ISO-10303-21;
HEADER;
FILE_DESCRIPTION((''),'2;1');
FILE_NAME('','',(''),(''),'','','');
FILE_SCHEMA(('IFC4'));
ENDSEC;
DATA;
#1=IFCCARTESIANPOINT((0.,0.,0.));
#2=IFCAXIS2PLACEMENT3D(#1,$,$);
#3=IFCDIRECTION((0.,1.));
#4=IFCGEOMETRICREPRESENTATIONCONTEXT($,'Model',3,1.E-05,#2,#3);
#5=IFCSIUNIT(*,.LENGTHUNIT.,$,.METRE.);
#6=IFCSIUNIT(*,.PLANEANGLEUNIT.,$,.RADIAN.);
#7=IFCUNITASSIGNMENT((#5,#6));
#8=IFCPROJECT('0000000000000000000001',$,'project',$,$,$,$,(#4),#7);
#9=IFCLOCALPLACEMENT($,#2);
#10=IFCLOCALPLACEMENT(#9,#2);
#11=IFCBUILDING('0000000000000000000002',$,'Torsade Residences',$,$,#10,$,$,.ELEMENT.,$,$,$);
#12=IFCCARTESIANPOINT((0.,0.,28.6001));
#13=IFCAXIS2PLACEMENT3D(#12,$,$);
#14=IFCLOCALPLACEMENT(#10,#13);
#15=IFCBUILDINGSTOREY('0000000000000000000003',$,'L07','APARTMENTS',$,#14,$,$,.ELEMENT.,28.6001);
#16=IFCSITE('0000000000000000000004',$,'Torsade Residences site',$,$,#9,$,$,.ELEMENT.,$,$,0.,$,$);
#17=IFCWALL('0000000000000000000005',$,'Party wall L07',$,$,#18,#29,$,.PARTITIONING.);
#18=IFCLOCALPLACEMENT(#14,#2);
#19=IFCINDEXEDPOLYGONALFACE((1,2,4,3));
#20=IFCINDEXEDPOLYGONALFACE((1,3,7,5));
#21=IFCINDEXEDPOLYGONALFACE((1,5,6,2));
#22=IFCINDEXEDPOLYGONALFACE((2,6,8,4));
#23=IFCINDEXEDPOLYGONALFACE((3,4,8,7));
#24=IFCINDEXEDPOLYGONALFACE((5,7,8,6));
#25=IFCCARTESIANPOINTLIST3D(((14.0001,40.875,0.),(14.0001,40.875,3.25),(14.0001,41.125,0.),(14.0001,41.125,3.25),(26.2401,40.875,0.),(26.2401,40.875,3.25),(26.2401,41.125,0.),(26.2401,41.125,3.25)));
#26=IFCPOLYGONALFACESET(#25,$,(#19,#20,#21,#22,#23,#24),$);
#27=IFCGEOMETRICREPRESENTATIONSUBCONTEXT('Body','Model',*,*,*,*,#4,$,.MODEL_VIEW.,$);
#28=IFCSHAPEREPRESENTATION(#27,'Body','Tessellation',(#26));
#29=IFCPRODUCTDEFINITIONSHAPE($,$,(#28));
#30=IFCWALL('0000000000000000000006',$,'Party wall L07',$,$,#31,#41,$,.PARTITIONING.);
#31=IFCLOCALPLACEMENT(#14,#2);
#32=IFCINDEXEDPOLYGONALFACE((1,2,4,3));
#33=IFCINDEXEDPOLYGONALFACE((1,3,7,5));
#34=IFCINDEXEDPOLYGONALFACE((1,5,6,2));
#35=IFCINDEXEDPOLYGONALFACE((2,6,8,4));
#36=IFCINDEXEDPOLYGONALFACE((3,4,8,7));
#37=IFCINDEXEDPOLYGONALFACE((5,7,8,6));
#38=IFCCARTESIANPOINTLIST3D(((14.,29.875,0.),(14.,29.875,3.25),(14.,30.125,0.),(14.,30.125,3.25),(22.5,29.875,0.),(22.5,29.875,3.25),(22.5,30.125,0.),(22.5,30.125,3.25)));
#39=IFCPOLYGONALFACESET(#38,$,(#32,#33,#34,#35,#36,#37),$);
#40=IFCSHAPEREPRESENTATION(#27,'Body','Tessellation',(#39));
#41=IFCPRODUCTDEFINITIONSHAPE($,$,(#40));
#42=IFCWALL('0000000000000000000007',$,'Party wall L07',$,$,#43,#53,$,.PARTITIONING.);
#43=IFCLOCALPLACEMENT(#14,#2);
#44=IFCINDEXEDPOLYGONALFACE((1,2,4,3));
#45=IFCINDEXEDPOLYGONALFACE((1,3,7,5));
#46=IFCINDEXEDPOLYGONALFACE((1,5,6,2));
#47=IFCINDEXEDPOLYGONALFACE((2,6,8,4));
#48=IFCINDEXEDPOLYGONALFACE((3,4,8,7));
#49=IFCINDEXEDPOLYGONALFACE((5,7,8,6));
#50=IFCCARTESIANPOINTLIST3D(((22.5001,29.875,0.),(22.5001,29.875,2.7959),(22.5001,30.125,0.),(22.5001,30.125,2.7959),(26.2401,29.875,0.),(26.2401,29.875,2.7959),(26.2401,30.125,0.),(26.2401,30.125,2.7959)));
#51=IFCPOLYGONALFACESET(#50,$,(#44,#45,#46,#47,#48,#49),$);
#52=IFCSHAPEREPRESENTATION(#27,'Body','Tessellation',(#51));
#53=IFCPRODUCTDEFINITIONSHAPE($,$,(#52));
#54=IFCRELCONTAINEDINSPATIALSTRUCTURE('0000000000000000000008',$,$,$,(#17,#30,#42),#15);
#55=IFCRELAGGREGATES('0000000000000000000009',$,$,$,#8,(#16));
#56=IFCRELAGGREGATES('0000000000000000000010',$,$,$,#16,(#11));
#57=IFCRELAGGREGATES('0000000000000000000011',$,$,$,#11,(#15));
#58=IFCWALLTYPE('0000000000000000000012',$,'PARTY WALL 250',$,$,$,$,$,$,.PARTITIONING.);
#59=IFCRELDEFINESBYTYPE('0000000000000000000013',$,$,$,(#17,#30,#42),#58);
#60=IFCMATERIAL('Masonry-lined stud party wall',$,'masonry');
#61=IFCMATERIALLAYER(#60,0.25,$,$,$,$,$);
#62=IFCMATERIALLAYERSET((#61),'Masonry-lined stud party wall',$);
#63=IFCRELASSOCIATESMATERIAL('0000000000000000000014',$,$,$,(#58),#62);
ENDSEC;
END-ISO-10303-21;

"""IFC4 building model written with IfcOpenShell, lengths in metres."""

from ifc_helpers import new_model, si_unit, direction, frame, frame_2d, origin, place, context, subcontext, project, spatial, rectangle, extrude, material, layer, layer_set, type_object, element, save


model = new_model("IFC4")

# Units and contexts
model_context = context("Model", 3, precision=1e-05, world=origin(), true_north=direction((0.0, 1.0)))
body_context = subcontext(model_context, "Body", "Model", "MODEL_VIEW")
ifc_project = project(units=[si_unit("LENGTHUNIT", "METRE"), si_unit("PLANEANGLEUNIT", "RADIAN")], contexts=[model_context])

# Site, building, storey
site_placement = place(None, origin())
site = spatial("IfcSite", under=ifc_project, at=site_placement, Name="Torsade Residences site", CompositionType="ELEMENT", RefElevation=0.0)
building_placement = place(site_placement, origin())
building = spatial("IfcBuilding", under=site, at=building_placement, Name="Torsade Residences", CompositionType="ELEMENT")
storey_placement = place(building_placement, frame((0.0, 0.0, 28.6001)))
storey = spatial("IfcBuildingStorey", under=building, at=storey_placement, Name="L07", Description="APARTMENTS", CompositionType="ELEMENT", Elevation=28.6001)

# Walls
ifc_material_1 = material(Name="Masonry-lined stud party wall", Category="masonry")
ifc_layer_1 = layer(ifc_material_1, 0.25)
ifc_layer_set_1 = layer_set([ifc_layer_1], Name="Masonry-lined stud party wall")
wall_type_1 = type_object("IfcWallType", Name="PARTY WALL 250", PredefinedType="PARTITIONING", material=ifc_layer_set_1)
wall_1_placement = place(storey_placement, frame((14.0, 41.0, 0.0), z_axis=(0.0, 0.0, 1.0), x_axis=(1.0, 0.0, 0.0)))
element("IfcWall", 1, at=wall_1_placement, inside=storey, type_object=wall_type_1, Name="Party wall L07", PredefinedType="PARTITIONING", context=body_context, shape_type="SweptSolid", body=[
    extrude(rectangle(XDim=12.24, YDim=0.25, at=frame_2d((6.1201, 0.0))), origin(), (0.0, 0.0, 1.0), 3.25),
])
wall_2_placement = place(storey_placement, frame((14.0, 30.0, 0.0), z_axis=(0.0, 0.0, 1.0), x_axis=(1.0, 0.0, 0.0)))
element("IfcWall", 2, at=wall_2_placement, inside=storey, type_object=wall_type_1, Name="Party wall L07", PredefinedType="PARTITIONING", context=body_context, shape_type="SweptSolid", body=[
    extrude(rectangle(XDim=8.5, YDim=0.25, at=frame_2d((4.25, 0.0))), origin(), (0.0, 0.0, 1.0), 3.25),
])
wall_3_placement = place(storey_placement, frame((22.5, 30.0, 0.0), z_axis=(0.0, 0.0, 1.0), x_axis=(1.0, 0.0, 0.0)))
element("IfcWall", 3, at=wall_3_placement, inside=storey, type_object=wall_type_1, Name="Party wall L07", PredefinedType="PARTITIONING", context=body_context, shape_type="SweptSolid", body=[
    extrude(rectangle(XDim=3.74, YDim=0.25, at=frame_2d((1.8701, 0.0))), origin(), (0.0, 0.0, 1.0), 2.7959),
])

save(model, "model.ifc")
